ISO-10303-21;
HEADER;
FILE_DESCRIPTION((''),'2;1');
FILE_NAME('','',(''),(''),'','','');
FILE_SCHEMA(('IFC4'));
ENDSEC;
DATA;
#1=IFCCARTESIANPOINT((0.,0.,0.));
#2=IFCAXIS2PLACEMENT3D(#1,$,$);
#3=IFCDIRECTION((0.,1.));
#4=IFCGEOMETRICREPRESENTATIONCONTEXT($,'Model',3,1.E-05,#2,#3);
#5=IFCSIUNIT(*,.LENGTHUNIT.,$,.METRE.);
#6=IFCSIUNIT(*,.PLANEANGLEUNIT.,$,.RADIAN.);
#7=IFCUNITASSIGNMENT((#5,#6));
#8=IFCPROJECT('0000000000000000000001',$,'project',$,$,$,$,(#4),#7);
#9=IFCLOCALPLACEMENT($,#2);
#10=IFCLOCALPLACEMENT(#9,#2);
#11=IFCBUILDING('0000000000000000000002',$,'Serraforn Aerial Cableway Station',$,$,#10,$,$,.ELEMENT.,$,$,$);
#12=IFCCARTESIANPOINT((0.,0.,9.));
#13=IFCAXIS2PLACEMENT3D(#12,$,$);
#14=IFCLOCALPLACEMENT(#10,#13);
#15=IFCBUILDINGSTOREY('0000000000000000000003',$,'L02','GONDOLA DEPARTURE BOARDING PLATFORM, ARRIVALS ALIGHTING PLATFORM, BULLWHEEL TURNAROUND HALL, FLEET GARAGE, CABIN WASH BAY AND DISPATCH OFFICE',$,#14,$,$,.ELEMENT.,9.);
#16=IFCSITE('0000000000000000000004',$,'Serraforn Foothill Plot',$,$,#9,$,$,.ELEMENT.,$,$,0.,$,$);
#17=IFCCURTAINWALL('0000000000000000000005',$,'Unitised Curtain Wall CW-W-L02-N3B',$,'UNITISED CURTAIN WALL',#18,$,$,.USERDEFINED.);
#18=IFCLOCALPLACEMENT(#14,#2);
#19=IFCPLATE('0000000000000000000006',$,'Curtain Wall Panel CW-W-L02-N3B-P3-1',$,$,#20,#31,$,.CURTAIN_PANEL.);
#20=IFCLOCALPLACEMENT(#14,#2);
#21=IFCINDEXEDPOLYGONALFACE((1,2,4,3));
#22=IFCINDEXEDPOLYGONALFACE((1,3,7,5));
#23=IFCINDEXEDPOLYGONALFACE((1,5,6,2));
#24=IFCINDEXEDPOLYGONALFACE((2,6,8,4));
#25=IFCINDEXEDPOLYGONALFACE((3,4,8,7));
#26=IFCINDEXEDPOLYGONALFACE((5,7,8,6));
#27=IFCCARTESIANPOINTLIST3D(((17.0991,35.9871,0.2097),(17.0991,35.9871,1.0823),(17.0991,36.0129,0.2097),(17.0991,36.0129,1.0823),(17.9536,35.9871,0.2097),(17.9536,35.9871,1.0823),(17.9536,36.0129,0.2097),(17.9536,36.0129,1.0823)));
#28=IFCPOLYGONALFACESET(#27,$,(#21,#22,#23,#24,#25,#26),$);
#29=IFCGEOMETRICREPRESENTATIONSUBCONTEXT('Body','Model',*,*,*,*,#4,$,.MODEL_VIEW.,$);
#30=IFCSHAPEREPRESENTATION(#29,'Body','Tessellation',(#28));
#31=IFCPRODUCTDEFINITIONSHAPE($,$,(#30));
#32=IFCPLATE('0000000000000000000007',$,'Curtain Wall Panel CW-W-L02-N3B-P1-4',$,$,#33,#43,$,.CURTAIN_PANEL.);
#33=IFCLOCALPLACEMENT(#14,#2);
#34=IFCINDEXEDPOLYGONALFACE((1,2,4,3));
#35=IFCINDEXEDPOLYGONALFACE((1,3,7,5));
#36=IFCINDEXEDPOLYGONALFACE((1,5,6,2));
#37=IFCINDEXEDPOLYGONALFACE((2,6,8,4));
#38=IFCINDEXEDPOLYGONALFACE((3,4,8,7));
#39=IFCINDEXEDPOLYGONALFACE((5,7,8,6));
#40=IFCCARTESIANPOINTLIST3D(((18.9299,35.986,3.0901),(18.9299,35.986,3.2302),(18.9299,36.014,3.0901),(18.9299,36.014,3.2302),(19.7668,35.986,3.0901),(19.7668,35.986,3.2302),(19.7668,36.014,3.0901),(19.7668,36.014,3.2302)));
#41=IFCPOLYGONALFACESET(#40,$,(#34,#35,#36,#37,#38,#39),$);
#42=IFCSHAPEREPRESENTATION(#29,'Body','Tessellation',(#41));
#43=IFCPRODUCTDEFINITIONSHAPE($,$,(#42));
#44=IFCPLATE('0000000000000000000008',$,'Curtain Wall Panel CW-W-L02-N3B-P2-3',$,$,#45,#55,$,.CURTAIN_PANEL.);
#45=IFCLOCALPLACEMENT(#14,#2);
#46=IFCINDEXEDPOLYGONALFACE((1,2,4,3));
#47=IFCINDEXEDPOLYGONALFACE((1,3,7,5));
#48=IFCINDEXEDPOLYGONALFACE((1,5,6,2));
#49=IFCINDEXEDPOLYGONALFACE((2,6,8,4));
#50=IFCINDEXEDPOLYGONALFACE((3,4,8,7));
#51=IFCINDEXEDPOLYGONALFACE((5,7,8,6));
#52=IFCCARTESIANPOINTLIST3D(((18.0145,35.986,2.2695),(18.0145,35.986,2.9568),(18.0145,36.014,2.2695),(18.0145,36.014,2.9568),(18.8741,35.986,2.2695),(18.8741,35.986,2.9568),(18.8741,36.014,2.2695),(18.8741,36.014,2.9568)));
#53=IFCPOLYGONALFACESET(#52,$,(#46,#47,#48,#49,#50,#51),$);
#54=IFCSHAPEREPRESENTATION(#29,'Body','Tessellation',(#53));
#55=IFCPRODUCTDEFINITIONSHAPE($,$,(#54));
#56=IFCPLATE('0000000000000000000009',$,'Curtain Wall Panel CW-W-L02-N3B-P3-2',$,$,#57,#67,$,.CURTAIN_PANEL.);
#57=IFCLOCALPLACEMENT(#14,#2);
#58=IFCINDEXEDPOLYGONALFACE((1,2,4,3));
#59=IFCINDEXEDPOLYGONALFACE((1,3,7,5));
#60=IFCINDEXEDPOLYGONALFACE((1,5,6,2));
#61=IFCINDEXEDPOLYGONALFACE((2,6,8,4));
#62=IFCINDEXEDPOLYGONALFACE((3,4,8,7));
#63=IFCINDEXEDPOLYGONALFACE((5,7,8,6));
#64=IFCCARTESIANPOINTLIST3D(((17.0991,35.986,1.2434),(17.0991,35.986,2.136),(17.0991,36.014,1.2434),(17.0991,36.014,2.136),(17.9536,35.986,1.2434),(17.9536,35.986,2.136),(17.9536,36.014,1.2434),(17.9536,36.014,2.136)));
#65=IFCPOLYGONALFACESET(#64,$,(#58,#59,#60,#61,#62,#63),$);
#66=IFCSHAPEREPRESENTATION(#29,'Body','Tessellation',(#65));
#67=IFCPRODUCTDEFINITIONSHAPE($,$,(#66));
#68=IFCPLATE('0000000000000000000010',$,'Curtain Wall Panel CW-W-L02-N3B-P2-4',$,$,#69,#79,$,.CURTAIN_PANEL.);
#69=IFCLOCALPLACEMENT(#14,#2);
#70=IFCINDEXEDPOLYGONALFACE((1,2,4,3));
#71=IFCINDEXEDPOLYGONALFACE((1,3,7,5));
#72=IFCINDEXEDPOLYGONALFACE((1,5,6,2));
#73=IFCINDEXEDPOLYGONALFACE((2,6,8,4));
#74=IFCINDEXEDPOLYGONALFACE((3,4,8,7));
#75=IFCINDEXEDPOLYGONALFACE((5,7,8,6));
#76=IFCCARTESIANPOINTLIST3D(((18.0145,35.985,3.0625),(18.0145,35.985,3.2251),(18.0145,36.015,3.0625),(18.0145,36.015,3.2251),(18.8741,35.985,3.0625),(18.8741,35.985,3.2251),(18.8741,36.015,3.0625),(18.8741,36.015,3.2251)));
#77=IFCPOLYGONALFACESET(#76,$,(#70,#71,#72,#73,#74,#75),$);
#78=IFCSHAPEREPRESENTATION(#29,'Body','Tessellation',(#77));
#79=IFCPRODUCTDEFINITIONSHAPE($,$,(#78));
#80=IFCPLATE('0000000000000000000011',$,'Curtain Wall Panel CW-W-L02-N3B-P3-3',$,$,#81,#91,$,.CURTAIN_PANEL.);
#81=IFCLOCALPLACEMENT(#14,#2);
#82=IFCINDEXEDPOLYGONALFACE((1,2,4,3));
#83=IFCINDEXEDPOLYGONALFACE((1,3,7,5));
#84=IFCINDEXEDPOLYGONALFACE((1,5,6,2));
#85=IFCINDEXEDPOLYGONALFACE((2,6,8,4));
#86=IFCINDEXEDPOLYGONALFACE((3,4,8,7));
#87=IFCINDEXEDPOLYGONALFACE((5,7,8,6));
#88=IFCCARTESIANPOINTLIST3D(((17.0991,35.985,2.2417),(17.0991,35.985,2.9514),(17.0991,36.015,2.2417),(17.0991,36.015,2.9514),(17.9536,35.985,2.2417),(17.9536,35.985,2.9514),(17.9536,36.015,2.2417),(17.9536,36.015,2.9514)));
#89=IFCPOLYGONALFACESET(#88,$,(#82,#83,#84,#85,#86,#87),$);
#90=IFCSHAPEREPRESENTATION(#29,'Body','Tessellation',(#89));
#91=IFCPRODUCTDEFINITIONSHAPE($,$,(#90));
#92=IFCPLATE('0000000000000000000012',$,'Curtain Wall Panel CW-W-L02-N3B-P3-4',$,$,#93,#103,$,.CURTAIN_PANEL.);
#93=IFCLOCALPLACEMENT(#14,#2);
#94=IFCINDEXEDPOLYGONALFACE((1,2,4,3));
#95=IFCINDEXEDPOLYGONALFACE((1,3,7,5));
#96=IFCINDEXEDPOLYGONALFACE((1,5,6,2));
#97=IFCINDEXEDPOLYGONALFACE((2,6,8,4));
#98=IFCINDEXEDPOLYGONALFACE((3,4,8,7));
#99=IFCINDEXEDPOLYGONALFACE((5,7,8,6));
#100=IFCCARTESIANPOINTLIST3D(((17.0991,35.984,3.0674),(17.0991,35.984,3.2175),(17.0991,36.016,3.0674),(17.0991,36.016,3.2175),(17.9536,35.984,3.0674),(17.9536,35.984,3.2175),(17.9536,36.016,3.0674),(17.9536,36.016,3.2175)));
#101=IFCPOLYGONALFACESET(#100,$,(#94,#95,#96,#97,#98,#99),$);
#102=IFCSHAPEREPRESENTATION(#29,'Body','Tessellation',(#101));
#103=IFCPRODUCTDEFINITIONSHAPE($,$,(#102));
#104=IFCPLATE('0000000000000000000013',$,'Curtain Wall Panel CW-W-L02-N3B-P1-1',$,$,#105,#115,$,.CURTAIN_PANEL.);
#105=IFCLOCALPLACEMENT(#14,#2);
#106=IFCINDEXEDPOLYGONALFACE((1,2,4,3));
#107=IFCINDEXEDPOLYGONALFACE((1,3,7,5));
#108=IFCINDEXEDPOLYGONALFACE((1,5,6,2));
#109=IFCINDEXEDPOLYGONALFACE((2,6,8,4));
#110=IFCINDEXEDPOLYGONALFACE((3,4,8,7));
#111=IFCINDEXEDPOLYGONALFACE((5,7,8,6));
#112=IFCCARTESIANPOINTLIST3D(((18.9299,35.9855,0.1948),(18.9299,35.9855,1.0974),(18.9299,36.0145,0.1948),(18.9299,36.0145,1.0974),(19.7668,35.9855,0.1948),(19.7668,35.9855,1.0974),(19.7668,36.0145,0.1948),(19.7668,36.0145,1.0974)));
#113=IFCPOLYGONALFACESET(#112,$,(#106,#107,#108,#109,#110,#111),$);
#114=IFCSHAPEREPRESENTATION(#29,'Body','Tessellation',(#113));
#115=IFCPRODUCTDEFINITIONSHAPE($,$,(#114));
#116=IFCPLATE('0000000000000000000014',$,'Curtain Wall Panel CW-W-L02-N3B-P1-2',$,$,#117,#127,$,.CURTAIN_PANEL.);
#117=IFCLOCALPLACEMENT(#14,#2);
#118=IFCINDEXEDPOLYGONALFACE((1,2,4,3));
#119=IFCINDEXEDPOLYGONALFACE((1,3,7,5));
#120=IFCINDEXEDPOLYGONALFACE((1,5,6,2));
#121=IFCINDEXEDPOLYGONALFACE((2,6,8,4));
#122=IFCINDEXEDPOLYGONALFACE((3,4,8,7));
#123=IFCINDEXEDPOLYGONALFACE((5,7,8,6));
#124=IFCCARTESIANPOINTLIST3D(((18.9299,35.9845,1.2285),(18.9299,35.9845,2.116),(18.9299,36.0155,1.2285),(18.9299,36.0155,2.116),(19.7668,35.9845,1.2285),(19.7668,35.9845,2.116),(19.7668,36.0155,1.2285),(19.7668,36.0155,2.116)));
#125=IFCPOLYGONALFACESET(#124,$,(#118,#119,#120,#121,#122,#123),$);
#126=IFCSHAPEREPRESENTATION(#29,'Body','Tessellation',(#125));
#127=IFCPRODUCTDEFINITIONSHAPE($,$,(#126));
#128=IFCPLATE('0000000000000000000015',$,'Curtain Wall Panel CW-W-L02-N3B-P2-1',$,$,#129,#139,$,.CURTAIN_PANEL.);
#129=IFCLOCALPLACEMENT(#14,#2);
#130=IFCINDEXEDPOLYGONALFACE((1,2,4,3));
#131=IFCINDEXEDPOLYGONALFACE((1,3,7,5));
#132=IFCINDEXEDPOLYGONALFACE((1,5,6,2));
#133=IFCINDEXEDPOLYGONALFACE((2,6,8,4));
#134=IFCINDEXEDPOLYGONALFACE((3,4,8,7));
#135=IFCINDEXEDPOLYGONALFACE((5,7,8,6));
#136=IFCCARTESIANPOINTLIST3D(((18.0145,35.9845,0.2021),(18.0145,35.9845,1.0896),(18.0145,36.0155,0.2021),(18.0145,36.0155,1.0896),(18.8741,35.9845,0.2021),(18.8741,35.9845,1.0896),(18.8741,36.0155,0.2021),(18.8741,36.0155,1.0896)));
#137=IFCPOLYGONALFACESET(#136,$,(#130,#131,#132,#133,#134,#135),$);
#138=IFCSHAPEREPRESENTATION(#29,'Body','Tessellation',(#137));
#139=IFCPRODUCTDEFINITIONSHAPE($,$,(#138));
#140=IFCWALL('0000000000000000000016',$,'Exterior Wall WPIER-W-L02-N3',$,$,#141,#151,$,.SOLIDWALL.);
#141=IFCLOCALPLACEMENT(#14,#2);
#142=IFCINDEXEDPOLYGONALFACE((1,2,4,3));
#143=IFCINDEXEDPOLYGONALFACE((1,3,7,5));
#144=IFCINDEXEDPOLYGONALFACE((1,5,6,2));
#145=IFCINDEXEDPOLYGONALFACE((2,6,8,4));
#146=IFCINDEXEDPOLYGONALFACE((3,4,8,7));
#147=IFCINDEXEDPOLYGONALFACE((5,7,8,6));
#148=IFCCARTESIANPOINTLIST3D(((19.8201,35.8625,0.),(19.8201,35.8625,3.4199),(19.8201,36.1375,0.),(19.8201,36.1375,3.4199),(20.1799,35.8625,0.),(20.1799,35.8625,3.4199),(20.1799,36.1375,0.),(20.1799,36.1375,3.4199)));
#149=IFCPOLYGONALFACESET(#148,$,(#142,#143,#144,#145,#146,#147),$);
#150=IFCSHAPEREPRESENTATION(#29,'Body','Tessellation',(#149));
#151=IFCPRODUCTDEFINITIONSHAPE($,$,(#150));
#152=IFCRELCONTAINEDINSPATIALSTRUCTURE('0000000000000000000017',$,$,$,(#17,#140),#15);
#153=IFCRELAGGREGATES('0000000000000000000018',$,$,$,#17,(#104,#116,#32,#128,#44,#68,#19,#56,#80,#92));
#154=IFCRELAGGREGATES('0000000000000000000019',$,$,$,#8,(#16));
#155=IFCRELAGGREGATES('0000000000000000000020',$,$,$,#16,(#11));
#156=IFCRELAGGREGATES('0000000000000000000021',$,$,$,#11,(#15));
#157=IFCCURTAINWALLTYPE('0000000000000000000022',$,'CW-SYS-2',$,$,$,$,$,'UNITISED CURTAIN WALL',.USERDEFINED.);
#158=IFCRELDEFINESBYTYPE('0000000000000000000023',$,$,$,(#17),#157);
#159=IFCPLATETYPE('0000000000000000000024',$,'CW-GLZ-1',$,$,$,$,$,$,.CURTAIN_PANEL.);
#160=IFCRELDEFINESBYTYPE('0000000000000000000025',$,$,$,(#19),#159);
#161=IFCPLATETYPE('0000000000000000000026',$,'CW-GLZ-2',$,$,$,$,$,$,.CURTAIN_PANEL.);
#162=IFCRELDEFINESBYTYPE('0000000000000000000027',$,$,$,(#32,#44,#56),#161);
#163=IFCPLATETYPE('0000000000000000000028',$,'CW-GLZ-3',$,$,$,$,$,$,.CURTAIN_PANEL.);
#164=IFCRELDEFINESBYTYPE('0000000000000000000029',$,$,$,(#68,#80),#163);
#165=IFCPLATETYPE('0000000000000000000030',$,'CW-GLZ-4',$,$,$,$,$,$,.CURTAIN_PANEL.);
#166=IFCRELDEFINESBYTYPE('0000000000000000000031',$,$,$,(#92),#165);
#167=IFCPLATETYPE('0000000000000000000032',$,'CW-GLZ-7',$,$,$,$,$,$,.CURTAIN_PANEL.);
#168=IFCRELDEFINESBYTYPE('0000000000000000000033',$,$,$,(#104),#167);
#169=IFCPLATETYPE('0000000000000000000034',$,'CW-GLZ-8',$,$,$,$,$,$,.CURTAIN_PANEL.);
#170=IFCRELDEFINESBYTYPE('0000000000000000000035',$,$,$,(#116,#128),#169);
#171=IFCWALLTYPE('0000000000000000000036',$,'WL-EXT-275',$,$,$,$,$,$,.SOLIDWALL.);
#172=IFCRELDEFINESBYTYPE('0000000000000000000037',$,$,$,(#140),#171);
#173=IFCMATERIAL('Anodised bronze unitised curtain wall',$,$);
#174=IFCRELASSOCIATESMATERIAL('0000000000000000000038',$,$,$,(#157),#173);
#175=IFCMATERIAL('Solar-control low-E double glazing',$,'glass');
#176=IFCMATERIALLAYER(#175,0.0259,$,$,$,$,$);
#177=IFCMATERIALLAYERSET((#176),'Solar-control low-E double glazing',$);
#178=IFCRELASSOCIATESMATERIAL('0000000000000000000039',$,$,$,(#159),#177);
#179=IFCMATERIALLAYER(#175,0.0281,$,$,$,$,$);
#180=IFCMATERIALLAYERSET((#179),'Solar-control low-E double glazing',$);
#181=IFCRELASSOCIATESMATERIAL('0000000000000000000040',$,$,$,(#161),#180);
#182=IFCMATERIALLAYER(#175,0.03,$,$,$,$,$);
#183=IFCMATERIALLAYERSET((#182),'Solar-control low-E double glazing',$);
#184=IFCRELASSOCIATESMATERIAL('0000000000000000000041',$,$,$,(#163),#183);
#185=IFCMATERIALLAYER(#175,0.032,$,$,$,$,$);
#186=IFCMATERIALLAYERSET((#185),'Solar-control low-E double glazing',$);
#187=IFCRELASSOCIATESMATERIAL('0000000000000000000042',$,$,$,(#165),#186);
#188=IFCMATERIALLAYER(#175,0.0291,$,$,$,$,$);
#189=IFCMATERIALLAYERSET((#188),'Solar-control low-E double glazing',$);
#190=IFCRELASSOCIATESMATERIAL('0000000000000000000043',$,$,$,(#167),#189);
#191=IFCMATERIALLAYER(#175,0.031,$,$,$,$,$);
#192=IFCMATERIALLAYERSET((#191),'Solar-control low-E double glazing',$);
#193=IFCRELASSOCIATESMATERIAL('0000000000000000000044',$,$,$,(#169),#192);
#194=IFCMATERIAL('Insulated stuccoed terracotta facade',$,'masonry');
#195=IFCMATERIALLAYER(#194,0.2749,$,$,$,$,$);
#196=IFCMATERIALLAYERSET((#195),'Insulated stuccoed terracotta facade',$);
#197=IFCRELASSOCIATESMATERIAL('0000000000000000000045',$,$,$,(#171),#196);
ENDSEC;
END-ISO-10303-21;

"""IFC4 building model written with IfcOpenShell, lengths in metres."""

from ifc_helpers import new_model, si_unit, direction, frame, frame_2d, origin, origin_2d, place, context, subcontext, project, spatial, rectangle, extrude, material, layer, layer_set, type_object, element, aggregate, save


model = new_model("IFC4")

# Units and contexts
model_context = context("Model", 3, precision=1e-05, world=origin(), true_north=direction((0.0, 1.0)))
body_context = subcontext(model_context, "Body", "Model", "MODEL_VIEW")
ifc_project = project(units=[si_unit("LENGTHUNIT", "METRE"), si_unit("PLANEANGLEUNIT", "RADIAN")], contexts=[model_context])

# Site, building, storey
site_placement = place(None, origin())
site = spatial("IfcSite", under=ifc_project, at=site_placement, Name="Serraforn Foothill Plot", CompositionType="ELEMENT", RefElevation=0.0)
building_placement = place(site_placement, origin())
building = spatial("IfcBuilding", under=site, at=building_placement, Name="Serraforn Aerial Cableway Station", CompositionType="ELEMENT")
storey_placement = place(building_placement, frame((0.0, 0.0, 9.0)))
storey = spatial("IfcBuildingStorey", under=building, at=storey_placement, Name="L02", Description="GONDOLA DEPARTURE BOARDING PLATFORM, ARRIVALS ALIGHTING PLATFORM, BULLWHEEL TURNAROUND HALL, FLEET GARAGE, CABIN WASH BAY AND DISPATCH OFFICE", CompositionType="ELEMENT", Elevation=9.0)

# Curtain wall
ifc_material_1 = material(Name="Anodised bronze unitised curtain wall")
curtain_wall_type_1 = type_object("IfcCurtainWallType", Name="CW-SYS-2", ElementType="UNITISED CURTAIN WALL", PredefinedType="USERDEFINED", material=ifc_material_1)
curtain_wall_1_placement = place(storey_placement, origin())
curtain_wall_1 = element("IfcCurtainWall", 1, at=curtain_wall_1_placement, inside=storey, type_object=curtain_wall_type_1, Name="Unitised Curtain Wall CW-W-L02-N3B", ObjectType="UNITISED CURTAIN WALL", PredefinedType="USERDEFINED")

# Plates
ifc_material_2 = material(Name="Solar-control low-E double glazing", Category="glass")
ifc_layer_1 = layer(ifc_material_2, 0.0259)
ifc_layer_set_1 = layer_set([ifc_layer_1], Name="Solar-control low-E double glazing")
plate_type_1 = type_object("IfcPlateType", Name="CW-GLZ-1", PredefinedType="CURTAIN_PANEL", material=ifc_layer_set_1)
plate_1_placement = place(storey_placement, frame((17.5264, 36.0, 0.2097), z_axis=(0.0, 0.0, 1.0), x_axis=(1.0, 0.0, 0.0)))
plate_1 = element("IfcPlate", 2, at=plate_1_placement, type_object=plate_type_1, Name="Curtain Wall Panel CW-W-L02-N3B-P3-1", PredefinedType="CURTAIN_PANEL", context=body_context, shape_type="SweptSolid", body=[
    extrude(rectangle(XDim=0.8545, YDim=0.0259, at=origin_2d()), origin(), (0.0, 0.0, 1.0), 0.8726),
])
ifc_layer_2 = layer(ifc_material_2, 0.0281)
ifc_layer_set_2 = layer_set([ifc_layer_2], Name="Solar-control low-E double glazing")
plate_type_2 = type_object("IfcPlateType", Name="CW-GLZ-2", PredefinedType="CURTAIN_PANEL", material=ifc_layer_set_2)
plate_2_placement = place(storey_placement, frame((19.3484, 36.0, 3.0901), z_axis=(0.0, 0.0, 1.0), x_axis=(1.0, 0.0, 0.0)))
plate_2 = element("IfcPlate", 3, at=plate_2_placement, type_object=plate_type_2, Name="Curtain Wall Panel CW-W-L02-N3B-P1-4", PredefinedType="CURTAIN_PANEL", context=body_context, shape_type="SweptSolid", body=[
    extrude(rectangle(XDim=0.8369, YDim=0.0281, at=origin_2d()), origin(), (0.0, 0.0, 1.0), 0.1401),
])
plate_3_placement = place(storey_placement, frame((18.4443, 36.0, 2.2695), z_axis=(0.0, 0.0, 1.0), x_axis=(1.0, 0.0, 0.0)))
plate_3 = element("IfcPlate", 4, at=plate_3_placement, type_object=plate_type_2, Name="Curtain Wall Panel CW-W-L02-N3B-P2-3", PredefinedType="CURTAIN_PANEL", context=body_context, shape_type="SweptSolid", body=[
    extrude(rectangle(XDim=0.8596, YDim=0.0281, at=origin_2d()), origin(), (0.0, 0.0, 1.0), 0.6873),
])
plate_4_placement = place(storey_placement, frame((17.5264, 36.0, 1.2434), z_axis=(0.0, 0.0, 1.0), x_axis=(1.0, 0.0, 0.0)))
plate_4 = element("IfcPlate", 5, at=plate_4_placement, type_object=plate_type_2, Name="Curtain Wall Panel CW-W-L02-N3B-P3-2", PredefinedType="CURTAIN_PANEL", context=body_context, shape_type="SweptSolid", body=[
    extrude(rectangle(XDim=0.8545, YDim=0.0281, at=origin_2d()), origin(), (0.0, 0.0, 1.0), 0.8926),
])
ifc_layer_3 = layer(ifc_material_2, 0.03)
ifc_layer_set_3 = layer_set([ifc_layer_3], Name="Solar-control low-E double glazing")
plate_type_3 = type_object("IfcPlateType", Name="CW-GLZ-3", PredefinedType="CURTAIN_PANEL", material=ifc_layer_set_3)
plate_5_placement = place(storey_placement, frame((18.4443, 36.0, 3.0625), z_axis=(0.0, 0.0, 1.0), x_axis=(1.0, 0.0, 0.0)))
plate_5 = element("IfcPlate", 6, at=plate_5_placement, type_object=plate_type_3, Name="Curtain Wall Panel CW-W-L02-N3B-P2-4", PredefinedType="CURTAIN_PANEL", context=body_context, shape_type="SweptSolid", body=[
    extrude(rectangle(XDim=0.8596, YDim=0.03, at=origin_2d()), origin(), (0.0, 0.0, 1.0), 0.1626),
])
plate_6_placement = place(storey_placement, frame((17.5264, 36.0, 2.2417), z_axis=(0.0, 0.0, 1.0), x_axis=(1.0, 0.0, 0.0)))
plate_6 = element("IfcPlate", 7, at=plate_6_placement, type_object=plate_type_3, Name="Curtain Wall Panel CW-W-L02-N3B-P3-3", PredefinedType="CURTAIN_PANEL", context=body_context, shape_type="SweptSolid", body=[
    extrude(rectangle(XDim=0.8545, YDim=0.03, at=origin_2d()), origin(), (0.0, 0.0, 1.0), 0.7097),
])
ifc_layer_4 = layer(ifc_material_2, 0.032)
ifc_layer_set_4 = layer_set([ifc_layer_4], Name="Solar-control low-E double glazing")
plate_type_4 = type_object("IfcPlateType", Name="CW-GLZ-4", PredefinedType="CURTAIN_PANEL", material=ifc_layer_set_4)
plate_7_placement = place(storey_placement, frame((17.5264, 36.0, 3.0674), z_axis=(0.0, 0.0, 1.0), x_axis=(1.0, 0.0, 0.0)))
plate_7 = element("IfcPlate", 8, at=plate_7_placement, type_object=plate_type_4, Name="Curtain Wall Panel CW-W-L02-N3B-P3-4", PredefinedType="CURTAIN_PANEL", context=body_context, shape_type="SweptSolid", body=[
    extrude(rectangle(XDim=0.8545, YDim=0.032, at=origin_2d()), origin(), (0.0, 0.0, 1.0), 0.1501),
])
ifc_layer_5 = layer(ifc_material_2, 0.0291)
ifc_layer_set_5 = layer_set([ifc_layer_5], Name="Solar-control low-E double glazing")
plate_type_5 = type_object("IfcPlateType", Name="CW-GLZ-7", PredefinedType="CURTAIN_PANEL", material=ifc_layer_set_5)
plate_8_placement = place(storey_placement, frame((19.3484, 36.0, 0.1948), z_axis=(0.0, 0.0, 1.0), x_axis=(1.0, 0.0, 0.0)))
plate_8 = element("IfcPlate", 9, at=plate_8_placement, type_object=plate_type_5, Name="Curtain Wall Panel CW-W-L02-N3B-P1-1", PredefinedType="CURTAIN_PANEL", context=body_context, shape_type="SweptSolid", body=[
    extrude(rectangle(XDim=0.8369, YDim=0.0291, at=origin_2d()), origin(), (0.0, 0.0, 1.0), 0.9026),
])
ifc_layer_6 = layer(ifc_material_2, 0.031)
ifc_layer_set_6 = layer_set([ifc_layer_6], Name="Solar-control low-E double glazing")
plate_type_6 = type_object("IfcPlateType", Name="CW-GLZ-8", PredefinedType="CURTAIN_PANEL", material=ifc_layer_set_6)
plate_9_placement = place(storey_placement, frame((19.3484, 36.0, 1.2285), z_axis=(0.0, 0.0, 1.0), x_axis=(1.0, 0.0, 0.0)))
plate_9 = element("IfcPlate", 10, at=plate_9_placement, type_object=plate_type_6, Name="Curtain Wall Panel CW-W-L02-N3B-P1-2", PredefinedType="CURTAIN_PANEL", context=body_context, shape_type="SweptSolid", body=[
    extrude(rectangle(XDim=0.8369, YDim=0.031, at=origin_2d()), origin(), (0.0, 0.0, 1.0), 0.8875),
])
plate_10_placement = place(storey_placement, frame((18.4443, 36.0, 0.2021), z_axis=(0.0, 0.0, 1.0), x_axis=(1.0, 0.0, 0.0)))
plate_10 = element("IfcPlate", 11, at=plate_10_placement, type_object=plate_type_6, Name="Curtain Wall Panel CW-W-L02-N3B-P2-1", PredefinedType="CURTAIN_PANEL", context=body_context, shape_type="SweptSolid", body=[
    extrude(rectangle(XDim=0.8596, YDim=0.031, at=origin_2d()), origin(), (0.0, 0.0, 1.0), 0.8875),
])
aggregate(curtain_wall_1, [plate_8, plate_9, plate_2, plate_10, plate_3, plate_5, plate_1, plate_4, plate_6, plate_7])

# Wall
ifc_material_3 = material(Name="Insulated stuccoed terracotta facade", Category="masonry")
ifc_layer_7 = layer(ifc_material_3, 0.2749)
ifc_layer_set_7 = layer_set([ifc_layer_7], Name="Insulated stuccoed terracotta facade")
wall_type = type_object("IfcWallType", Name="WL-EXT-275", PredefinedType="SOLIDWALL", material=ifc_layer_set_7)
wall_placement = place(storey_placement, frame((20.1799, 36.0, 0.0), z_axis=(0.0, 0.0, 1.0), x_axis=(-1.0, 0.0, 0.0)))
element("IfcWall", 12, at=wall_placement, inside=storey, type_object=wall_type, Name="Exterior Wall WPIER-W-L02-N3", PredefinedType="SOLIDWALL", context=body_context, shape_type="SweptSolid", body=[
    extrude(rectangle(XDim=0.3599, YDim=0.2749, at=frame_2d((0.1799, 0.0))), origin(), (0.0, 0.0, 1.0), 3.4199),
])

save(model, "model.ifc")
